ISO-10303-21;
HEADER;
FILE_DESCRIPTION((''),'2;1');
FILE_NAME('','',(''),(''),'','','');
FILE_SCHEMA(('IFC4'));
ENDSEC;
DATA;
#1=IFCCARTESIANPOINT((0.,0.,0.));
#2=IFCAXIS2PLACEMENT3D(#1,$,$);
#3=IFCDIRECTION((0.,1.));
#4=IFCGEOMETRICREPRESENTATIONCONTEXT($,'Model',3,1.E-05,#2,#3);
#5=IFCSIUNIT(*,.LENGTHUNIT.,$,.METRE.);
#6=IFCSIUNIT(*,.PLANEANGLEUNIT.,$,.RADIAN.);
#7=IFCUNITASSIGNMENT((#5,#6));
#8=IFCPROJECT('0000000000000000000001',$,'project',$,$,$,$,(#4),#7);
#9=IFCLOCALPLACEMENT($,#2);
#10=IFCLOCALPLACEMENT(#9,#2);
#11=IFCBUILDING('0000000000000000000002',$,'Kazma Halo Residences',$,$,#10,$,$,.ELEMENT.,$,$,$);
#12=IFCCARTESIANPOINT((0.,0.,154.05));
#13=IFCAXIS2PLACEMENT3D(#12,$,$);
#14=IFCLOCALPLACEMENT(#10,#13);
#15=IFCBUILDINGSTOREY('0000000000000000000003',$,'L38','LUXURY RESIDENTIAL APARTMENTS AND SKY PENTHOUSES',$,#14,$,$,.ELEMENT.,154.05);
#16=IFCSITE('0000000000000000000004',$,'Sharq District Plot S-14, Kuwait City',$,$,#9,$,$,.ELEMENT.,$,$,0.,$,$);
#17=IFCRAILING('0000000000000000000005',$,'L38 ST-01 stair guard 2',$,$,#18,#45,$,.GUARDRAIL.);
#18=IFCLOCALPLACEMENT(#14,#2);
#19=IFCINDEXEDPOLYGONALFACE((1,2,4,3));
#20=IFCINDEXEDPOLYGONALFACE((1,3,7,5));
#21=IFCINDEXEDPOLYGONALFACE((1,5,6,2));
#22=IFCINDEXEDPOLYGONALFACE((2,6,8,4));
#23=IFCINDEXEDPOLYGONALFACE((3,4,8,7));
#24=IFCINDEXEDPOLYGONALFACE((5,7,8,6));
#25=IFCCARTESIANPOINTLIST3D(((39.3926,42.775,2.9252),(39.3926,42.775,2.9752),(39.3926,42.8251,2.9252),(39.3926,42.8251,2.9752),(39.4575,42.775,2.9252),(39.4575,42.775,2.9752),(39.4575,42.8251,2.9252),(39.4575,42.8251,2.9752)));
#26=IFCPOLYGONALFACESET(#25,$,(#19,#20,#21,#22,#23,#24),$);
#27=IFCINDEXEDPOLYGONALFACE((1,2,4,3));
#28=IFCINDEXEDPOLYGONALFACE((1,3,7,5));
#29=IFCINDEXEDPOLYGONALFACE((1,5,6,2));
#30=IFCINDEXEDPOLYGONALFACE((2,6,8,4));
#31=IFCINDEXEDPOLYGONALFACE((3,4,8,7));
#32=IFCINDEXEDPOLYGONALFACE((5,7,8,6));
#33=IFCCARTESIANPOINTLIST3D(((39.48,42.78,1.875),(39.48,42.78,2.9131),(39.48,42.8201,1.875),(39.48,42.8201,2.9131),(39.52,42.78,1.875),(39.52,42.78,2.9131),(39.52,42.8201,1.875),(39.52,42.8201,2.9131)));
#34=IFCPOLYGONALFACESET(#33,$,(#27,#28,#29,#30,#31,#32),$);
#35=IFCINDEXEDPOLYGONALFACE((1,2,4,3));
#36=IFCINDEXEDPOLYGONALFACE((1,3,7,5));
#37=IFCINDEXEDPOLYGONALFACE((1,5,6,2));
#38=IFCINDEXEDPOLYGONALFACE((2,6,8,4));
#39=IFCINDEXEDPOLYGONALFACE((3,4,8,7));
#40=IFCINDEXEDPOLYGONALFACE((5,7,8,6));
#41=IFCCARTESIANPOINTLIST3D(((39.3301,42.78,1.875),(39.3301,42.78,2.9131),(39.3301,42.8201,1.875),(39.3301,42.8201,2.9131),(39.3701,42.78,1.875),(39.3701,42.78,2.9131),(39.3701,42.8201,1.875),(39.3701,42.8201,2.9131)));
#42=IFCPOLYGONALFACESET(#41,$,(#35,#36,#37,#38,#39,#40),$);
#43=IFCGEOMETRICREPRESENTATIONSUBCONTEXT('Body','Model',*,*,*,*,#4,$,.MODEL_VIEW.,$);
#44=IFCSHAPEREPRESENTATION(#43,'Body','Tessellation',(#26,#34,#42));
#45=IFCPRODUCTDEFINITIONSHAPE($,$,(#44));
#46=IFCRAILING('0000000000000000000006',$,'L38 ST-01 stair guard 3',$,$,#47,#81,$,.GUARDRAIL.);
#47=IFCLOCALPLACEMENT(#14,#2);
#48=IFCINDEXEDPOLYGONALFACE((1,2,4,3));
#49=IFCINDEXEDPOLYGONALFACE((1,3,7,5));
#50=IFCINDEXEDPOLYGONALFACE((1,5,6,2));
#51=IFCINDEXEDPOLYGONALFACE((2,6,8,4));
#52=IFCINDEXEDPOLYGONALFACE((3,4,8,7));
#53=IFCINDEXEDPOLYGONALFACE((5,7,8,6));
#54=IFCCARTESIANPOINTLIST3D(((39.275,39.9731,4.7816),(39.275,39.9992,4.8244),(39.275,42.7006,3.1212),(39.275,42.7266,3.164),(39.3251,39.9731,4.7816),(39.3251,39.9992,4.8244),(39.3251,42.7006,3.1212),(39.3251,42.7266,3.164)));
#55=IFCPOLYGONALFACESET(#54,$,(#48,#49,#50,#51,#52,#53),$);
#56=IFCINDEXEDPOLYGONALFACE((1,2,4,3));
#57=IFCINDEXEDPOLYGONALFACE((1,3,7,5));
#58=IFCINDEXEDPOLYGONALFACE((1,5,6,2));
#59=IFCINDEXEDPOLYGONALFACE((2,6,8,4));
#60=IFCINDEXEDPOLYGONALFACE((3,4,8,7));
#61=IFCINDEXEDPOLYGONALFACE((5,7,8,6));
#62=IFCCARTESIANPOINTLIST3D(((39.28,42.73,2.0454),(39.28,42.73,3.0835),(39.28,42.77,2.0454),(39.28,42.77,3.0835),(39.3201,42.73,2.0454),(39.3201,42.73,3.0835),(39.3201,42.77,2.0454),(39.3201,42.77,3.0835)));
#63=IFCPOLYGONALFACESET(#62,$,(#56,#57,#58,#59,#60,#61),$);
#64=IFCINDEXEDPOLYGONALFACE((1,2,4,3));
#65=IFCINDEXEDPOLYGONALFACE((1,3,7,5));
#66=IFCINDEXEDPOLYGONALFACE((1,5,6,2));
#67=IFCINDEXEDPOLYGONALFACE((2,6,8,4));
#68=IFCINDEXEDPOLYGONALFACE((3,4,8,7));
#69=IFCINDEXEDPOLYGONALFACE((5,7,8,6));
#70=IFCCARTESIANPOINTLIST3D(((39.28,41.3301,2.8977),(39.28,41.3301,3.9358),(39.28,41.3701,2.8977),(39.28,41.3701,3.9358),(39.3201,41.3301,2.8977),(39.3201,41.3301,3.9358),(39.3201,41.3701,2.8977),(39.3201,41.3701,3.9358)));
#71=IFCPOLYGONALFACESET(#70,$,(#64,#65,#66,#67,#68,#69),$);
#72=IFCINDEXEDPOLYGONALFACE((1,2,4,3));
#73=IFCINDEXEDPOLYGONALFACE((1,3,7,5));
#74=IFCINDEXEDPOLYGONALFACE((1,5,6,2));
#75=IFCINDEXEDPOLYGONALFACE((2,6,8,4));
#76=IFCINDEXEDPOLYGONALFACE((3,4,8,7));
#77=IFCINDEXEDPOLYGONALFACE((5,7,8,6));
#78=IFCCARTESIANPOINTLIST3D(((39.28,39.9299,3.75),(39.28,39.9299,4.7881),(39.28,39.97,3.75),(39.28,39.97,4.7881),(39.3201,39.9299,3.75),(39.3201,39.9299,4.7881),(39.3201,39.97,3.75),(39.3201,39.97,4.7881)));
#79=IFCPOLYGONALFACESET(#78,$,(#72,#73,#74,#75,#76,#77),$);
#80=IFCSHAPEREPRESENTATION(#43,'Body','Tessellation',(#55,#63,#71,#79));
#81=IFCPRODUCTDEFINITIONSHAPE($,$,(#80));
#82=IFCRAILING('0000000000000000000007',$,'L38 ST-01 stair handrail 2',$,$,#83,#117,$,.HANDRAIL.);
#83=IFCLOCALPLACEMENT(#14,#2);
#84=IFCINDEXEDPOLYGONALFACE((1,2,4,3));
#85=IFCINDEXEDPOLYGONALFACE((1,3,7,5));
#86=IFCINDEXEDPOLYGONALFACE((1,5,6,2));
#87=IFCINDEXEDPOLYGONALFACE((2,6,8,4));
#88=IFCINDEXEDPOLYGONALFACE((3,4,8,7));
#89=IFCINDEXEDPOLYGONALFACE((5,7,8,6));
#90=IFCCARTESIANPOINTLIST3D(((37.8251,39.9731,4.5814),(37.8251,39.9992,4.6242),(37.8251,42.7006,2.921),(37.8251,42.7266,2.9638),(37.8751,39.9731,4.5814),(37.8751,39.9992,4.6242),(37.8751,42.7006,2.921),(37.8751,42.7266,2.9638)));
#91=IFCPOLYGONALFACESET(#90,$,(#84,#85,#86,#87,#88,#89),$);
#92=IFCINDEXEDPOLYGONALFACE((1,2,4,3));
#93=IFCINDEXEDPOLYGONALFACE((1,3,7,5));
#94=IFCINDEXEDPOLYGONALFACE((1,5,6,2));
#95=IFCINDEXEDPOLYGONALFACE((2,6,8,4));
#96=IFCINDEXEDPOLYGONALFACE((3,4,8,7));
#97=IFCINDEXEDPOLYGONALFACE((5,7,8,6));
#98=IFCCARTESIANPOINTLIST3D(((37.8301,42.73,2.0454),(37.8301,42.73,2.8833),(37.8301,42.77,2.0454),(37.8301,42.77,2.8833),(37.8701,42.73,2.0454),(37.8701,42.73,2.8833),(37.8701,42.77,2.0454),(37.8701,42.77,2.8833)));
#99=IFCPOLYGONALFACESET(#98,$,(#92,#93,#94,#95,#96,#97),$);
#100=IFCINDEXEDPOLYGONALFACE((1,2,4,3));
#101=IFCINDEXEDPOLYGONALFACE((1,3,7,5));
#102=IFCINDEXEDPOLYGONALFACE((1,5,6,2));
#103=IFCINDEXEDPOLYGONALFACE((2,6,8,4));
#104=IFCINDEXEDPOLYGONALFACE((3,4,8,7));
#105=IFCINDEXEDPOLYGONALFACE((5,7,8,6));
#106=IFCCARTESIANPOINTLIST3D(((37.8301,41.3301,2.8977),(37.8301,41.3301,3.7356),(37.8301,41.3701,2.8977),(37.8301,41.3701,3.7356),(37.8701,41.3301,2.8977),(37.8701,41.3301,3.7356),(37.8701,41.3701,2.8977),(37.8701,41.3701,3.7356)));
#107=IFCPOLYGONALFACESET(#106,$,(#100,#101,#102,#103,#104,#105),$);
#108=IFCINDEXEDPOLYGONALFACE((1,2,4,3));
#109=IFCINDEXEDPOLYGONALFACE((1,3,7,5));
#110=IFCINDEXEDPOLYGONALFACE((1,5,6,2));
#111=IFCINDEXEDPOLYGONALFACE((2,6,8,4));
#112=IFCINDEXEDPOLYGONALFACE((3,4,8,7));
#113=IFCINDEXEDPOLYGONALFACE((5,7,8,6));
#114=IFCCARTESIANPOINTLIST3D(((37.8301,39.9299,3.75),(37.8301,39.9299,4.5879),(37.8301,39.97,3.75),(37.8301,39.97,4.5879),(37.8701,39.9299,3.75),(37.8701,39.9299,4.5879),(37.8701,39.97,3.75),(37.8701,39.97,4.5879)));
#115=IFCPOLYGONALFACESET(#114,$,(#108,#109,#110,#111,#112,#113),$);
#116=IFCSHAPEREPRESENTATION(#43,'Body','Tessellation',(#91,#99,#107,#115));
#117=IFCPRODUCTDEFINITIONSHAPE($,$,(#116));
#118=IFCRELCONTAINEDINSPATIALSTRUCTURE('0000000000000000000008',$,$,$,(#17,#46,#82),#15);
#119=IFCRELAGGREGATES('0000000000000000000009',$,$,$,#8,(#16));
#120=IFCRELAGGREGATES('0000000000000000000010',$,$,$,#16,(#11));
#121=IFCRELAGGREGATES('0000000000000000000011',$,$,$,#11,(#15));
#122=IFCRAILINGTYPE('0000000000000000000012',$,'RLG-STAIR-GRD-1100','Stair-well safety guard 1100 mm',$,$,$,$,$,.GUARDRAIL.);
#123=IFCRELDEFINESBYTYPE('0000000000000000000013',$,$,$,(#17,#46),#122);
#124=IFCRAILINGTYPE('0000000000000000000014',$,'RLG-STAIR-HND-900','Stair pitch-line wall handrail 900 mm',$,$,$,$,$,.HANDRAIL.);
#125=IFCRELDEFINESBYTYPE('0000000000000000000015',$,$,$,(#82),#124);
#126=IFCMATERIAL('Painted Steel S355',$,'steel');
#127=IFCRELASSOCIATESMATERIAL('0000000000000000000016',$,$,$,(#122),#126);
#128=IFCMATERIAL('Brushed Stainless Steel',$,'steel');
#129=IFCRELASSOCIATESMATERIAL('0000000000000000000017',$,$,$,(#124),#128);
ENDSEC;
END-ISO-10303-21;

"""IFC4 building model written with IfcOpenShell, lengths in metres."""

from ifc_helpers import new_model, si_unit, direction, frame, origin, origin_2d, place, context, subcontext, project, spatial, rectangle, extrude, material, type_object, element, save


model = new_model("IFC4")

# Units and contexts
model_context = context("Model", 3, precision=1e-05, world=origin(), true_north=direction((0.0, 1.0)))
body_context = subcontext(model_context, "Body", "Model", "MODEL_VIEW")
ifc_project = project(units=[si_unit("LENGTHUNIT", "METRE"), si_unit("PLANEANGLEUNIT", "RADIAN")], contexts=[model_context])

# Site, building, storey
site_placement = place(None, origin())
site = spatial("IfcSite", under=ifc_project, at=site_placement, Name="Sharq District Plot S-14, Kuwait City", CompositionType="ELEMENT", RefElevation=0.0)
building_placement = place(site_placement, origin())
building = spatial("IfcBuilding", under=site, at=building_placement, Name="Kazma Halo Residences", CompositionType="ELEMENT")
storey_placement = place(building_placement, frame((0.0, 0.0, 154.05)))
storey = spatial("IfcBuildingStorey", under=building, at=storey_placement, Name="L38", Description="LUXURY RESIDENTIAL APARTMENTS AND SKY PENTHOUSES", CompositionType="ELEMENT", Elevation=154.05)

# Railings
ifc_material_1 = material(Name="Painted Steel S355", Category="steel")
railing_type_1 = type_object("IfcRailingType", Name="RLG-STAIR-GRD-1100", Description="Stair-well safety guard 1100 mm", PredefinedType="GUARDRAIL", material=ifc_material_1)
railing_1_placement = place(storey_placement, frame((39.5, 42.8, 1.875)))
element("IfcRailing", 1, at=railing_1_placement, inside=storey, type_object=railing_type_1, Name="L38 ST-01 stair guard 2", PredefinedType="GUARDRAIL", context=body_context, shape_type="SweptSolid", body=[
    extrude(rectangle(XDim=0.05, YDim=0.05, at=origin_2d()), frame((-0.0425, 0.0, 1.0752), z_axis=(-1.0, 0.0, 0.0), x_axis=(0.0, -1.0, 0.0)), (0.0, 0.0, 1.0), 0.0649),
    extrude(rectangle(XDim=0.04, YDim=0.04, at=origin_2d()), origin(), (0.0, 0.0, 1.0), 1.0381),
    extrude(rectangle(XDim=0.04, YDim=0.04, at=origin_2d()), frame((-0.1499, 0.0, 0.0)), (0.0, 0.0, 1.0), 1.0381),
])
railing_2_placement = place(storey_placement, frame((39.3, 42.75, 2.0454)))
element("IfcRailing", 2, at=railing_2_placement, inside=storey, type_object=railing_type_1, Name="L38 ST-01 stair guard 3", PredefinedType="GUARDRAIL", context=body_context, shape_type="SweptSolid", body=[
    extrude(rectangle(XDim=0.05, YDim=0.05, at=origin_2d()), frame((0.0, -0.0364, 1.0972), z_axis=(0.0, -0.85417, 0.519994), x_axis=(1.0, 0.0, 0.0)), (0.0, 0.0, 1.0), 3.1931),
    extrude(rectangle(XDim=0.04, YDim=0.04, at=origin_2d()), origin(), (0.0, 0.0, 1.0), 1.0381),
    extrude(rectangle(XDim=0.04, YDim=0.04, at=origin_2d()), frame((0.0, -1.3999, 0.8523)), (0.0, 0.0, 1.0), 1.0381),
    extrude(rectangle(XDim=0.04, YDim=0.04, at=origin_2d()), frame((0.0, -2.8, 1.7046)), (0.0, 0.0, 1.0), 1.0381),
])
ifc_material_2 = material(Name="Brushed Stainless Steel", Category="steel")
railing_type_2 = type_object("IfcRailingType", Name="RLG-STAIR-HND-900", Description="Stair pitch-line wall handrail 900 mm", PredefinedType="HANDRAIL", material=ifc_material_2)
railing_3_placement = place(storey_placement, frame((37.8501, 42.75, 2.0454)))
element("IfcRailing", 3, at=railing_3_placement, inside=storey, type_object=railing_type_2, Name="L38 ST-01 stair handrail 2", PredefinedType="HANDRAIL", context=body_context, shape_type="SweptSolid", body=[
    extrude(rectangle(XDim=0.05, YDim=0.05, at=origin_2d()), frame((0.0, -0.0364, 0.897), z_axis=(0.0, -0.85417, 0.519994), x_axis=(1.0, 0.0, 0.0)), (0.0, 0.0, 1.0), 3.1931),
    extrude(rectangle(XDim=0.04, YDim=0.04, at=origin_2d()), origin(), (0.0, 0.0, 1.0), 0.8379),
    extrude(rectangle(XDim=0.04, YDim=0.04, at=origin_2d()), frame((0.0, -1.3999, 0.8523)), (0.0, 0.0, 1.0), 0.8379),
    extrude(rectangle(XDim=0.04, YDim=0.04, at=origin_2d()), frame((0.0, -2.8, 1.7046)), (0.0, 0.0, 1.0), 0.8379),
])

save(model, "model.ifc")
